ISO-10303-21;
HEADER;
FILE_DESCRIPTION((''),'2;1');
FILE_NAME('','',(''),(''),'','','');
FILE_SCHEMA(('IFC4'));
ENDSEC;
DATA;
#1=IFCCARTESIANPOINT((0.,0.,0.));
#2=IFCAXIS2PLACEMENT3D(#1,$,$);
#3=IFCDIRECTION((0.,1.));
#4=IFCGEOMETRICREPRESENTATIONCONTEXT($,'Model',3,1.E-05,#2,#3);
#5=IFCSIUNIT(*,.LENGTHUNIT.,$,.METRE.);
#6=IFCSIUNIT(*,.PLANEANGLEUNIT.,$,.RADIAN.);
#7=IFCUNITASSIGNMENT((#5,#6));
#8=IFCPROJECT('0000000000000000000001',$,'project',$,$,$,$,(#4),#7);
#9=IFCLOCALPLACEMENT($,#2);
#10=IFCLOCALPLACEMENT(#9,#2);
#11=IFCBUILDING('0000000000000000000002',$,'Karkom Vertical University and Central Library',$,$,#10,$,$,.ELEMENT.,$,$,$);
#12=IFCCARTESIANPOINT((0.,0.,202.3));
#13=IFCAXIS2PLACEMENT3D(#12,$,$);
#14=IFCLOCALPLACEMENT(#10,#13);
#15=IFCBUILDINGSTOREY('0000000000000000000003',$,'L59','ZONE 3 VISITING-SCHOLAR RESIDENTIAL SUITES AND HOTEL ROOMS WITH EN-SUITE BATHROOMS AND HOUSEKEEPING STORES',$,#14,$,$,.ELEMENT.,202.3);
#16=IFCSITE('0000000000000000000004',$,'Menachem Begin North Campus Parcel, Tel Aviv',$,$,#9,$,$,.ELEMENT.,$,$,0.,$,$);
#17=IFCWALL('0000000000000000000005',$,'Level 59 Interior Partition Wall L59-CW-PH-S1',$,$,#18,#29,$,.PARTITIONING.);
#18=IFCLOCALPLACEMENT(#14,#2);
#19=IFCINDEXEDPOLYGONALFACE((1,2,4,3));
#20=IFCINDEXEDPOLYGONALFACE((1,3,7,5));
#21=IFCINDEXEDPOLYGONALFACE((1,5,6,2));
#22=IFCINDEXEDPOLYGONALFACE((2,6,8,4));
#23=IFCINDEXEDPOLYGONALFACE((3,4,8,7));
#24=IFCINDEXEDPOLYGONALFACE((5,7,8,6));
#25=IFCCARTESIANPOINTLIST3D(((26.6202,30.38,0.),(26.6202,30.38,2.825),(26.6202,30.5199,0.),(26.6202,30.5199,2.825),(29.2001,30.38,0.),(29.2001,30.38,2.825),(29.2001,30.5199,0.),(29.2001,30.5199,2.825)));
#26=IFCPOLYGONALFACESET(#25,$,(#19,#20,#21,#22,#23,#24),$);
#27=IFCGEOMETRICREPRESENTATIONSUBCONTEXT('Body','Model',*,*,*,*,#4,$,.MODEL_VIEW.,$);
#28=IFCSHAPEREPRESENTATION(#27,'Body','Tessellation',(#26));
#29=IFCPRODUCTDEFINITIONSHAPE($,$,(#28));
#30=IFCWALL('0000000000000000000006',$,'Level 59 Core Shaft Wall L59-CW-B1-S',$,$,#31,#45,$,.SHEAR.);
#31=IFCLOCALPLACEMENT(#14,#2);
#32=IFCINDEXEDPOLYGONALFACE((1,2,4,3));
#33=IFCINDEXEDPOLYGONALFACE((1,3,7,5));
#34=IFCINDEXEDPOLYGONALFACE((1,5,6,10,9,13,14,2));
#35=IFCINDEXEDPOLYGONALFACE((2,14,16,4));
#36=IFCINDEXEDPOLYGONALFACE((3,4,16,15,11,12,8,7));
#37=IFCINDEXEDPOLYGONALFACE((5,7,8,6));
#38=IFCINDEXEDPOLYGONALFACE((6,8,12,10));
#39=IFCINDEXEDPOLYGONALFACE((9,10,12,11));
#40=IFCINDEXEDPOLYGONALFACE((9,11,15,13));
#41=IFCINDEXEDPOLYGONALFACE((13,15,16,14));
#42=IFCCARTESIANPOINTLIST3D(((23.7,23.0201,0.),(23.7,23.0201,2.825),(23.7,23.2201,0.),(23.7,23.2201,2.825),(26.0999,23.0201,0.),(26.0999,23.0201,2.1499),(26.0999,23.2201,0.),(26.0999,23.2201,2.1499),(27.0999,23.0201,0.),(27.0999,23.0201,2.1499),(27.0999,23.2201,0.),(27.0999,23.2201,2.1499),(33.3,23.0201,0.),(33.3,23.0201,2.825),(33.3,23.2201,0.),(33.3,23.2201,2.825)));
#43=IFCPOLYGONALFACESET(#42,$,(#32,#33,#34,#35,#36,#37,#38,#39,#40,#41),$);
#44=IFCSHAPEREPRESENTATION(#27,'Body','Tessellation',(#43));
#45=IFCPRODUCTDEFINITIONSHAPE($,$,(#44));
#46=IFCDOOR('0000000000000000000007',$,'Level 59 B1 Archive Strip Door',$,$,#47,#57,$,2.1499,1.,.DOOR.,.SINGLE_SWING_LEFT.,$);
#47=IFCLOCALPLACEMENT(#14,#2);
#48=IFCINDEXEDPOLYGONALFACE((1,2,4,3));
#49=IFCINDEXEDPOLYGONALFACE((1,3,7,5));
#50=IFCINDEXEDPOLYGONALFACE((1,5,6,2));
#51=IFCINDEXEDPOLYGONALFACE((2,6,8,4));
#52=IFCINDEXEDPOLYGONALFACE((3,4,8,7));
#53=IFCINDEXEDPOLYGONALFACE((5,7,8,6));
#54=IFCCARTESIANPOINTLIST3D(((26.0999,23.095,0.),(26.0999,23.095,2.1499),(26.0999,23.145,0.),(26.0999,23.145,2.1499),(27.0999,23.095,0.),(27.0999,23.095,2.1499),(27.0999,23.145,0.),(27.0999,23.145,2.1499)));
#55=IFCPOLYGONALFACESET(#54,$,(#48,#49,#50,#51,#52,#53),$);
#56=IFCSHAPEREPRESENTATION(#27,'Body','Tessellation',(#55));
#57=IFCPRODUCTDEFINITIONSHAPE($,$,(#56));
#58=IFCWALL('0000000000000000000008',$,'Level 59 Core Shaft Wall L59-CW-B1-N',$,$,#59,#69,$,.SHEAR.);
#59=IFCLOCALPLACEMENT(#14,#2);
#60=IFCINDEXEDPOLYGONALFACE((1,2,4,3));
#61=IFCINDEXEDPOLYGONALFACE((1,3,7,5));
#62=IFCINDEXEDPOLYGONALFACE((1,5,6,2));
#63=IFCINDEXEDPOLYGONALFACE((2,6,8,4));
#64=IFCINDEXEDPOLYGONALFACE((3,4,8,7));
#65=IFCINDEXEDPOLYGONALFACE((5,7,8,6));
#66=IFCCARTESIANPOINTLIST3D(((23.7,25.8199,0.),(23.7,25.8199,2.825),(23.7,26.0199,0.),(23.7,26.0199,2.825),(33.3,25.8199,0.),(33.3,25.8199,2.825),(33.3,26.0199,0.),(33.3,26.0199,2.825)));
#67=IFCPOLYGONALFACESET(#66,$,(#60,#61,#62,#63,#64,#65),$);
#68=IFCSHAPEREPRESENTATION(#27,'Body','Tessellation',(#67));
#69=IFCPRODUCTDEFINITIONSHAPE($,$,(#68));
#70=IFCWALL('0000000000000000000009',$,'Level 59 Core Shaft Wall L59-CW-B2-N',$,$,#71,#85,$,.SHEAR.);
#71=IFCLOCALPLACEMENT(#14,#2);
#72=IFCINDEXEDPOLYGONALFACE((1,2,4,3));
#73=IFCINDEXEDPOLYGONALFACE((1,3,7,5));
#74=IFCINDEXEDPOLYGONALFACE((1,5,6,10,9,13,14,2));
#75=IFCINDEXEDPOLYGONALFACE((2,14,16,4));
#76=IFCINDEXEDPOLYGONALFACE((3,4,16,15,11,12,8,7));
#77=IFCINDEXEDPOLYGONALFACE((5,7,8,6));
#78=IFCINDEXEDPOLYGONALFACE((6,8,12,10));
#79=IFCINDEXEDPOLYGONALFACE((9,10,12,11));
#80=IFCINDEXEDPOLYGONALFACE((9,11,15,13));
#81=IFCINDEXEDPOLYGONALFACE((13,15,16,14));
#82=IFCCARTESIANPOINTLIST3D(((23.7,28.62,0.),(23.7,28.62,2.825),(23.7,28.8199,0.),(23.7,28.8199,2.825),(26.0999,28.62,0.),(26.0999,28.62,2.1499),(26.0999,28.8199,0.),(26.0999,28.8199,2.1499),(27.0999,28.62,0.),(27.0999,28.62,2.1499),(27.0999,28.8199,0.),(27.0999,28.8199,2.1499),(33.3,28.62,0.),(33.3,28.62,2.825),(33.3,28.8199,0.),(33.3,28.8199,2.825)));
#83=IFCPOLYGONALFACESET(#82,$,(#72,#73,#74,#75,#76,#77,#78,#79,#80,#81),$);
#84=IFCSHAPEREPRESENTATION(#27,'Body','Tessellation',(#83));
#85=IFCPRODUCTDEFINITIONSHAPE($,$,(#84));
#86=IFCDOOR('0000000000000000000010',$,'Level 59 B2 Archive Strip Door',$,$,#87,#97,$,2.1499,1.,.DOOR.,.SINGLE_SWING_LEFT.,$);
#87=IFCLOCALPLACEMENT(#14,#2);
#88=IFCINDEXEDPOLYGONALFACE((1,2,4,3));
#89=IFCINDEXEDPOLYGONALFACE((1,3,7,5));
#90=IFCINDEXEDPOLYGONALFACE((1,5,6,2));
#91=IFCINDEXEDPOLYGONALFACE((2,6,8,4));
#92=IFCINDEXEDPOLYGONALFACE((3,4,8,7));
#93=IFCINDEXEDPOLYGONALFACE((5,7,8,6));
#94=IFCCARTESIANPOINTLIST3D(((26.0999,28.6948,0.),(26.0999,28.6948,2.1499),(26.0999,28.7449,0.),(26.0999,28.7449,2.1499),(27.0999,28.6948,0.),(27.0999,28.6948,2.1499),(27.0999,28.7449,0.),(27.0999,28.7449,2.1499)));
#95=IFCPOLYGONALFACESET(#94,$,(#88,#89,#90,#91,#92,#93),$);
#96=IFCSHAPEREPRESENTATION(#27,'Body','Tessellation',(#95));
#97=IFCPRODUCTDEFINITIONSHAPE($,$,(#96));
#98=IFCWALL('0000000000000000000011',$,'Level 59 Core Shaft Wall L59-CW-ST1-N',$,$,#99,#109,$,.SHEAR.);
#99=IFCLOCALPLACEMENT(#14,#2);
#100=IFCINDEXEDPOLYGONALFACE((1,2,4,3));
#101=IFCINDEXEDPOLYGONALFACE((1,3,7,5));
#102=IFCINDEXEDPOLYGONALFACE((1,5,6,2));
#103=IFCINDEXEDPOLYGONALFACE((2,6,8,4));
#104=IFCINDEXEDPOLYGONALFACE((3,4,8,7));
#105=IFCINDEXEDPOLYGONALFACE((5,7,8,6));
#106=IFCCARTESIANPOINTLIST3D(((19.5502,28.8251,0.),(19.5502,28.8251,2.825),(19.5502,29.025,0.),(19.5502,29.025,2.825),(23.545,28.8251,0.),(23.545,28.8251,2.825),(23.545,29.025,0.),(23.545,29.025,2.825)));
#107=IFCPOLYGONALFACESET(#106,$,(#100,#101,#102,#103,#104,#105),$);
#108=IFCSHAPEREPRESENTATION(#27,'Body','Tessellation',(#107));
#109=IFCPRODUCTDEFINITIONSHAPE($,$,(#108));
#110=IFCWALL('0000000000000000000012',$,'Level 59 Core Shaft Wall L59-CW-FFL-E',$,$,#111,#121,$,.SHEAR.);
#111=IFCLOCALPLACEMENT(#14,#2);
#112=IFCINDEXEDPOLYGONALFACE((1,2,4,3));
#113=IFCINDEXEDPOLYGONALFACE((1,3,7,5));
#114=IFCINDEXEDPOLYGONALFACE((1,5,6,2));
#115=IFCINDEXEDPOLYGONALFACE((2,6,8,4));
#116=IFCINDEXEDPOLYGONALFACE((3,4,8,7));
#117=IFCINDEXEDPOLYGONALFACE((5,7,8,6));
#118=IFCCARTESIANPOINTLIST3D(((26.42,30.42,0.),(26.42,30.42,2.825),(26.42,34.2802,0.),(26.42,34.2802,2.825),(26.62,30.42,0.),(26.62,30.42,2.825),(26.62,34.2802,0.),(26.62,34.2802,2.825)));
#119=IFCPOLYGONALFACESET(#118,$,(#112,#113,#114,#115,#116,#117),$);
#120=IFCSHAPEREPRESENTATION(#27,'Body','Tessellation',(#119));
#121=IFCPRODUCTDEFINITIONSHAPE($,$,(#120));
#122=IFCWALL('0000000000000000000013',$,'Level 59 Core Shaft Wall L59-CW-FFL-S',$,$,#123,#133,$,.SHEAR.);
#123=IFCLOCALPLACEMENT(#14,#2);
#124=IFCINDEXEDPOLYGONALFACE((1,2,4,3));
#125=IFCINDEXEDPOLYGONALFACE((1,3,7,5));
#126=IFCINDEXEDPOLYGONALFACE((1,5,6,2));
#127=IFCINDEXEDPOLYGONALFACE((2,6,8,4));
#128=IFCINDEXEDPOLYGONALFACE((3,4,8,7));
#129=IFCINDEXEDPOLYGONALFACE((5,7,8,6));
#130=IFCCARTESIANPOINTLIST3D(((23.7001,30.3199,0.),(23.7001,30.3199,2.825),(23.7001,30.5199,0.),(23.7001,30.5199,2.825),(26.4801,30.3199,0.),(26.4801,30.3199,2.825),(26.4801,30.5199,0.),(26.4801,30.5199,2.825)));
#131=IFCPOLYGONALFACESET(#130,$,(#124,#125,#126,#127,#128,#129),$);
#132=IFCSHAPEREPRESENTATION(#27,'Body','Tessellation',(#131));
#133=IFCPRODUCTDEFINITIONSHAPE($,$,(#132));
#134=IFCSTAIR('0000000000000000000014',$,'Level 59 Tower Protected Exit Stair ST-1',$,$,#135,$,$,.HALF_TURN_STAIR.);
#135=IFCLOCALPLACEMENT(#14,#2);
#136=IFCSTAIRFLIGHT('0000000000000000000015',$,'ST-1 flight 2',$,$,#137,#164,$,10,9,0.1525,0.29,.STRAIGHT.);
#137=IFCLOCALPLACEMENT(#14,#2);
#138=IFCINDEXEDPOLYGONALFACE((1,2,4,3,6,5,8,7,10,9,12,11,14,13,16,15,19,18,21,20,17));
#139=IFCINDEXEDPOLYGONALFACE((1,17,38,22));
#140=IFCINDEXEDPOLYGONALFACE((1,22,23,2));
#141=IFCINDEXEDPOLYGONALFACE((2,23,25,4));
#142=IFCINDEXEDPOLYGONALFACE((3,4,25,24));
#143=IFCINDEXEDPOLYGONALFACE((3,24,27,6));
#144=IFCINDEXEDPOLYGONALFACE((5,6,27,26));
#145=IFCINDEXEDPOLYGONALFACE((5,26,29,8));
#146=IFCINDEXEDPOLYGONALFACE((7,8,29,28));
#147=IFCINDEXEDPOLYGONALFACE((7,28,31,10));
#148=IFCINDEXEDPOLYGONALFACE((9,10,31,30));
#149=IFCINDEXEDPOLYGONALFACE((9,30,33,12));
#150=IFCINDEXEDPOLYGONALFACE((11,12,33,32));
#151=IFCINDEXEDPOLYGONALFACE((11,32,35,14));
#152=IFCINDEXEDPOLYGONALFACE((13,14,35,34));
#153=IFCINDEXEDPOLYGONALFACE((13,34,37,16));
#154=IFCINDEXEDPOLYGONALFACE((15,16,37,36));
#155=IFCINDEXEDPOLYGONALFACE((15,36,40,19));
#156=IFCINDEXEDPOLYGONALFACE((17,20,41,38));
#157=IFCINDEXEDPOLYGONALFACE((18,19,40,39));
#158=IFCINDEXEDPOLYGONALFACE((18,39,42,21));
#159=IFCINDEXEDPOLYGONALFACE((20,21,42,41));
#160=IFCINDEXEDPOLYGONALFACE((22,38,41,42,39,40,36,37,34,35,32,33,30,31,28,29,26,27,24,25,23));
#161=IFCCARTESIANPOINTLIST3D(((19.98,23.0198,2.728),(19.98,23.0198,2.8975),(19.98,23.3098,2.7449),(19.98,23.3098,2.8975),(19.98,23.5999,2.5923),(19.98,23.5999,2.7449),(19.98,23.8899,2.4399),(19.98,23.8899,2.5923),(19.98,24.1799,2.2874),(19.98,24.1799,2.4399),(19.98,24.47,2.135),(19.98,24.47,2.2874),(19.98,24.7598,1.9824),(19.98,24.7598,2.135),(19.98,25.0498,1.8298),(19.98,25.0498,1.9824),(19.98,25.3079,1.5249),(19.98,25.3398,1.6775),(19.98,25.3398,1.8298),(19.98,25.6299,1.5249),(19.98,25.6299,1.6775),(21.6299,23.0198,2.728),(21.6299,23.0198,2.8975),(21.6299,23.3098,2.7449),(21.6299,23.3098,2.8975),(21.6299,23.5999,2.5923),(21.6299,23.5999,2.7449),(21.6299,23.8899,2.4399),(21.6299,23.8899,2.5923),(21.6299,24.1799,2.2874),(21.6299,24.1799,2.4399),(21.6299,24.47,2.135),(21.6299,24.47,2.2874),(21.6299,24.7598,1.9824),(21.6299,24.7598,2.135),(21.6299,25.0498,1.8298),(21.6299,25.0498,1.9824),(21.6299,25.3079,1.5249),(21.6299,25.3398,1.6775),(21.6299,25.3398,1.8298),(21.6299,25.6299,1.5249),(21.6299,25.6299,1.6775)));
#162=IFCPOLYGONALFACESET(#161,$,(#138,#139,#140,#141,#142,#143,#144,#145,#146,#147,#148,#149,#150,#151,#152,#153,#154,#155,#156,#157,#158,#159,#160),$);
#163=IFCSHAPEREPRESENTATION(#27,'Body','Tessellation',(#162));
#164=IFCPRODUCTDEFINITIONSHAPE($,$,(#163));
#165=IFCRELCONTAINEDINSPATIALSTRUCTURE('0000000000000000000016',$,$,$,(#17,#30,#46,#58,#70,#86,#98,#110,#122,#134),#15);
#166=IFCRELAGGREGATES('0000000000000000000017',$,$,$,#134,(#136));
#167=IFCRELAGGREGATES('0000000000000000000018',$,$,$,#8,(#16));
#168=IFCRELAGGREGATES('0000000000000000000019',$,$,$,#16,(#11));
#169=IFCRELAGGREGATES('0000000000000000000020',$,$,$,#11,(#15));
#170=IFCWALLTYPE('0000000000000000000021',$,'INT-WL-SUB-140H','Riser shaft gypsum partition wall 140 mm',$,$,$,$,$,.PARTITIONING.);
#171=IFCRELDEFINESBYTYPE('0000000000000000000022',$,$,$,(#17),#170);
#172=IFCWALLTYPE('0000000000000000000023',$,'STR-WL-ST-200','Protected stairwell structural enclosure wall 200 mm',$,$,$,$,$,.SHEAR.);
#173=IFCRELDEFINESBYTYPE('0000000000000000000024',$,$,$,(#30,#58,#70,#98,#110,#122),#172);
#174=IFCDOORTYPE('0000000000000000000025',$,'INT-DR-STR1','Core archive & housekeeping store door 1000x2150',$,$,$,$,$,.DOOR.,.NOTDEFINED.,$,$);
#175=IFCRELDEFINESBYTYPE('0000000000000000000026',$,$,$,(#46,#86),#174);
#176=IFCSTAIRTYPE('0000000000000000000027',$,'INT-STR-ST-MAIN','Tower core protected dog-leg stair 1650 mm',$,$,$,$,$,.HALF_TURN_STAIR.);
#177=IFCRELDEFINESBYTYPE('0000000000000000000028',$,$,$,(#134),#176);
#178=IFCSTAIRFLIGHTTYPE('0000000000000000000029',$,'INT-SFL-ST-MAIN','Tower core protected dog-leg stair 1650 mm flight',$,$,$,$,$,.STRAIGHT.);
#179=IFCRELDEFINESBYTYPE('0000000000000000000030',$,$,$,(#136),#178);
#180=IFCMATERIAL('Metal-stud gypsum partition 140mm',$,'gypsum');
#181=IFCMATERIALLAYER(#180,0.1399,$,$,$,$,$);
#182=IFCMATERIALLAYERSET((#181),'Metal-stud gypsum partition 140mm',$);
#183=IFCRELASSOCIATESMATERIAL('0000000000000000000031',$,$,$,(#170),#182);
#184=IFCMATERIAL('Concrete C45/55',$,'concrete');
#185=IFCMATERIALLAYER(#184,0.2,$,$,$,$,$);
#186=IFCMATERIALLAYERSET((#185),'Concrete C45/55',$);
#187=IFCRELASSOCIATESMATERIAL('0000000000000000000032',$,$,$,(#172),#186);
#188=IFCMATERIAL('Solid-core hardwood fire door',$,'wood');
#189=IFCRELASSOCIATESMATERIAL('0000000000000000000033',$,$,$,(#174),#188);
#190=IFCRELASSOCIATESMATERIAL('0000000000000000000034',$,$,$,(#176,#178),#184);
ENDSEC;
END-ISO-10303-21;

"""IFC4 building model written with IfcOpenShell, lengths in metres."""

from ifc_helpers import new_model, si_unit, direction, frame, frame_2d, origin, origin_with_axes, place, context, subcontext, project, spatial, polyline, rectangle, outline, extrude, source, transform, mapped, material, layer, layer_set, type_object, element, fill, aggregate, save


model = new_model("IFC4")

# Units and contexts
model_context = context("Model", 3, precision=1e-05, world=origin(), true_north=direction((0.0, 1.0)))
body_context = subcontext(model_context, "Body", "Model", "MODEL_VIEW")
ifc_project = project(units=[si_unit("LENGTHUNIT", "METRE"), si_unit("PLANEANGLEUNIT", "RADIAN")], contexts=[model_context])

# Site, building, storey
site_placement = place(None, origin())
site = spatial("IfcSite", under=ifc_project, at=site_placement, Name="Menachem Begin North Campus Parcel, Tel Aviv", CompositionType="ELEMENT", RefElevation=0.0)
building_placement = place(site_placement, origin())
building = spatial("IfcBuilding", under=site, at=building_placement, Name="Karkom Vertical University and Central Library", CompositionType="ELEMENT")
storey_placement = place(building_placement, frame((0.0, 0.0, 202.3)))
storey = spatial("IfcBuildingStorey", under=building, at=storey_placement, Name="L59", Description="ZONE 3 VISITING-SCHOLAR RESIDENTIAL SUITES AND HOTEL ROOMS WITH EN-SUITE BATHROOMS AND HOUSEKEEPING STORES", CompositionType="ELEMENT", Elevation=202.3)

# Wall
ifc_material_1 = material(Name="Metal-stud gypsum partition 140mm", Category="gypsum")
ifc_layer_1 = layer(ifc_material_1, 0.1399)
ifc_layer_set_1 = layer_set([ifc_layer_1], Name="Metal-stud gypsum partition 140mm")
wall_type_1 = type_object("IfcWallType", Name="INT-WL-SUB-140H", Description="Riser shaft gypsum partition wall 140 mm", PredefinedType="PARTITIONING", material=ifc_layer_set_1)
wall_1_placement = place(storey_placement, frame((26.6201, 30.45, 0.0), z_axis=(0.0, 0.0, 1.0), x_axis=(1.0, 0.0, 0.0)))
element("IfcWall", 1, at=wall_1_placement, inside=storey, type_object=wall_type_1, Name="Level 59 Interior Partition Wall L59-CW-PH-S1", PredefinedType="PARTITIONING", context=body_context, shape_type="SweptSolid", body=[
    extrude(rectangle(XDim=2.5798, YDim=0.1399, at=frame_2d((1.29, 0.0))), origin(), (0.0, 0.0, 1.0), 2.825),
])

# Wall, opening, door
ifc_material_2 = material(Name="Concrete C45/55", Category="concrete")
ifc_layer_2 = layer(ifc_material_2, 0.2)
ifc_layer_set_2 = layer_set([ifc_layer_2], Name="Concrete C45/55")
wall_type_2 = type_object("IfcWallType", Name="STR-WL-ST-200", Description="Protected stairwell structural enclosure wall 200 mm", PredefinedType="SHEAR", material=ifc_layer_set_2)
wall_2_placement = place(storey_placement, frame((23.7, 23.1201, 0.0), z_axis=(0.0, 0.0, 1.0), x_axis=(1.0, 0.0, 0.0)))
wall_2 = element("IfcWall", 2, at=wall_2_placement, inside=storey, type_object=wall_type_2, Name="Level 59 Core Shaft Wall L59-CW-B1-S", PredefinedType="SHEAR", context=body_context, shape_type="SweptSolid", body=[
    extrude(rectangle(XDim=9.6001, YDim=0.2, at=frame_2d((4.8, 0.0))), origin(), (0.0, 0.0, 1.0), 2.825),
])
opening_1_placement = place(wall_2_placement, frame((2.3999, 0.0, 0.0)))
opening_1 = element("IfcOpeningElement", 3, at=opening_1_placement, cuts=wall_2, PredefinedType="OPENING", context=body_context, shape_type="SweptSolid", body=[
    extrude(rectangle(XDim=1.0, YDim=2.1499, at=frame_2d((0.5, 1.075))), frame((0.0, 0.1099, 0.0), z_axis=(0.0, -1.0, 0.0), x_axis=(1.0, 0.0, 0.0)), (0.0, 0.0, 1.0), 0.22),
])
ifc_material_3 = material(Name="Solid-core hardwood fire door", Category="wood")
door_type_1 = type_object("IfcDoorType", Name="INT-DR-STR1", Description="Core archive & housekeeping store door 1000x2150", OperationType="NOTDEFINED", PredefinedType="DOOR", material=ifc_material_3)
shared_shape_1 = source(origin_with_axes(), body_context, "Body", "SweptSolid", [
    extrude(rectangle(XDim=1.0, YDim=2.1499, at=frame_2d((0.5, 1.075))), frame((0.0, 0.0249, 0.0), z_axis=(0.0, -1.0, 0.0), x_axis=(1.0, 0.0, 0.0)), (0.0, 0.0, 1.0), 0.05),
])
door_1_placement = place(opening_1_placement, origin())
door_1 = element("IfcDoor", 4, at=door_1_placement, inside=storey, type_object=door_type_1, Name="Level 59 B1 Archive Strip Door", OperationType="SINGLE_SWING_LEFT", OverallHeight=2.1499, OverallWidth=1.0, PredefinedType="DOOR", context=body_context, shape_type="MappedRepresentation", body=[
    mapped(shared_shape_1, transform((0.0, 0.0, 0.0), scale=1.0)),
])
fill(opening_1, door_1)

# Wall
wall_3_placement = place(storey_placement, frame((23.7, 25.9199, 0.0), z_axis=(0.0, 0.0, 1.0), x_axis=(1.0, 0.0, 0.0)))
element("IfcWall", 5, at=wall_3_placement, inside=storey, type_object=wall_type_2, Name="Level 59 Core Shaft Wall L59-CW-B1-N", PredefinedType="SHEAR", context=body_context, shape_type="SweptSolid", body=[
    extrude(rectangle(XDim=9.6001, YDim=0.2, at=frame_2d((4.8, 0.0))), origin(), (0.0, 0.0, 1.0), 2.825),
])

# Wall, opening, door
wall_4_placement = place(storey_placement, frame((23.7, 28.72, 0.0), z_axis=(0.0, 0.0, 1.0), x_axis=(1.0, 0.0, 0.0)))
wall_4 = element("IfcWall", 6, at=wall_4_placement, inside=storey, type_object=wall_type_2, Name="Level 59 Core Shaft Wall L59-CW-B2-N", PredefinedType="SHEAR", context=body_context, shape_type="SweptSolid", body=[
    extrude(rectangle(XDim=9.6001, YDim=0.2, at=frame_2d((4.8, 0.0))), origin(), (0.0, 0.0, 1.0), 2.825),
])
opening_2_placement = place(wall_4_placement, frame((2.3999, 0.0, 0.0)))
opening_2 = element("IfcOpeningElement", 7, at=opening_2_placement, cuts=wall_4, PredefinedType="OPENING", context=body_context, shape_type="SweptSolid", body=[
    extrude(rectangle(XDim=1.0, YDim=2.1499, at=frame_2d((0.5, 1.075))), frame((0.0, 0.1099, 0.0), z_axis=(0.0, -1.0, 0.0), x_axis=(1.0, 0.0, 0.0)), (0.0, 0.0, 1.0), 0.22),
])
door_2_placement = place(opening_2_placement, origin())
door_2 = element("IfcDoor", 8, at=door_2_placement, inside=storey, type_object=door_type_1, Name="Level 59 B2 Archive Strip Door", OperationType="SINGLE_SWING_LEFT", OverallHeight=2.1499, OverallWidth=1.0, PredefinedType="DOOR", context=body_context, shape_type="MappedRepresentation", body=[
    mapped(shared_shape_1, transform((0.0, 0.0, 0.0), scale=1.0)),
])
fill(opening_2, door_2)

# Walls
wall_5_placement = place(storey_placement, frame((19.55, 28.925, 0.0), z_axis=(0.0, 0.0, 1.0), x_axis=(1.0, 0.0, 0.0)))
element("IfcWall", 9, at=wall_5_placement, inside=storey, type_object=wall_type_2, Name="Level 59 Core Shaft Wall L59-CW-ST1-N", PredefinedType="SHEAR", context=body_context, shape_type="SweptSolid", body=[
    extrude(rectangle(XDim=3.9949, YDim=0.2, at=frame_2d((1.9976, 0.0))), origin(), (0.0, 0.0, 1.0), 2.825),
])
wall_6_placement = place(storey_placement, frame((26.52, 30.4199, 0.0), z_axis=(0.0, 0.0, 1.0), x_axis=(0.0, 1.0, 0.0)))
element("IfcWall", 10, at=wall_6_placement, inside=storey, type_object=wall_type_2, Name="Level 59 Core Shaft Wall L59-CW-FFL-E", PredefinedType="SHEAR", context=body_context, shape_type="SweptSolid", body=[
    extrude(rectangle(XDim=3.8601, YDim=0.2, at=frame_2d((1.9302, 0.0))), origin(), (0.0, 0.0, 1.0), 2.825),
])
wall_7_placement = place(storey_placement, frame((23.7, 30.4199, 0.0), z_axis=(0.0, 0.0, 1.0), x_axis=(1.0, 0.0, 0.0)))
element("IfcWall", 11, at=wall_7_placement, inside=storey, type_object=wall_type_2, Name="Level 59 Core Shaft Wall L59-CW-FFL-S", PredefinedType="SHEAR", context=body_context, shape_type="SweptSolid", body=[
    extrude(rectangle(XDim=2.78, YDim=0.2, at=frame_2d((1.3901, 0.0))), origin(), (0.0, 0.0, 1.0), 2.825),
])

# Stair, stair flight
stair_type = type_object("IfcStairType", Name="INT-STR-ST-MAIN", Description="Tower core protected dog-leg stair 1650 mm", PredefinedType="HALF_TURN_STAIR", material=ifc_material_2)
stair_placement = place(storey_placement, origin())
stair = element("IfcStair", 12, at=stair_placement, inside=storey, type_object=stair_type, Name="Level 59 Tower Protected Exit Stair ST-1", PredefinedType="HALF_TURN_STAIR")
stair_flight_type = type_object("IfcStairFlightType", Name="INT-SFL-ST-MAIN", Description="Tower core protected dog-leg stair 1650 mm flight", PredefinedType="STRAIGHT", material=ifc_material_2)
stair_flight_placement = place(storey_placement, frame((20.8049, 25.6299, 1.5249), z_axis=(0.0, 0.0, 1.0), x_axis=(0.0, -1.0, 0.0)))
stair_flight = element("IfcStairFlight", 13, at=stair_flight_placement, type_object=stair_flight_type, Name="ST-1 flight 2", NumberOfRisers=10, NumberOfTreads=9, PredefinedType="STRAIGHT", RiserHeight=0.1525, TreadLength=0.29, context=body_context, shape_type="SweptSolid", body=[
    extrude(outline(polyline([(0.0, 0.0), (0.0, 0.1526), (0.29, 0.1526), (0.29, 0.3049), (0.5801, 0.3049), (0.5801, 0.4575), (0.8701, 0.4575), (0.8701, 0.6101), (1.1599, 0.6101), (1.1599, 0.7625), (1.45, 0.7625), (1.45, 0.915), (1.74, 0.915), (1.74, 1.0674), (2.03, 1.0674), (2.03, 1.22), (2.3201, 1.22), (2.3201, 1.3726), (2.6101, 1.3726), (2.6101, 1.5249), (2.6101, 1.2031), (0.322, 0.0), (0.0, 0.0)])), frame((0.0, 0.825, 0.0), z_axis=(0.0, -1.0, 0.0), x_axis=(1.0, 0.0, 0.0)), (0.0, 0.0, 1.0), 1.6499),
])
aggregate(stair, [stair_flight])

save(model, "model.ifc")
